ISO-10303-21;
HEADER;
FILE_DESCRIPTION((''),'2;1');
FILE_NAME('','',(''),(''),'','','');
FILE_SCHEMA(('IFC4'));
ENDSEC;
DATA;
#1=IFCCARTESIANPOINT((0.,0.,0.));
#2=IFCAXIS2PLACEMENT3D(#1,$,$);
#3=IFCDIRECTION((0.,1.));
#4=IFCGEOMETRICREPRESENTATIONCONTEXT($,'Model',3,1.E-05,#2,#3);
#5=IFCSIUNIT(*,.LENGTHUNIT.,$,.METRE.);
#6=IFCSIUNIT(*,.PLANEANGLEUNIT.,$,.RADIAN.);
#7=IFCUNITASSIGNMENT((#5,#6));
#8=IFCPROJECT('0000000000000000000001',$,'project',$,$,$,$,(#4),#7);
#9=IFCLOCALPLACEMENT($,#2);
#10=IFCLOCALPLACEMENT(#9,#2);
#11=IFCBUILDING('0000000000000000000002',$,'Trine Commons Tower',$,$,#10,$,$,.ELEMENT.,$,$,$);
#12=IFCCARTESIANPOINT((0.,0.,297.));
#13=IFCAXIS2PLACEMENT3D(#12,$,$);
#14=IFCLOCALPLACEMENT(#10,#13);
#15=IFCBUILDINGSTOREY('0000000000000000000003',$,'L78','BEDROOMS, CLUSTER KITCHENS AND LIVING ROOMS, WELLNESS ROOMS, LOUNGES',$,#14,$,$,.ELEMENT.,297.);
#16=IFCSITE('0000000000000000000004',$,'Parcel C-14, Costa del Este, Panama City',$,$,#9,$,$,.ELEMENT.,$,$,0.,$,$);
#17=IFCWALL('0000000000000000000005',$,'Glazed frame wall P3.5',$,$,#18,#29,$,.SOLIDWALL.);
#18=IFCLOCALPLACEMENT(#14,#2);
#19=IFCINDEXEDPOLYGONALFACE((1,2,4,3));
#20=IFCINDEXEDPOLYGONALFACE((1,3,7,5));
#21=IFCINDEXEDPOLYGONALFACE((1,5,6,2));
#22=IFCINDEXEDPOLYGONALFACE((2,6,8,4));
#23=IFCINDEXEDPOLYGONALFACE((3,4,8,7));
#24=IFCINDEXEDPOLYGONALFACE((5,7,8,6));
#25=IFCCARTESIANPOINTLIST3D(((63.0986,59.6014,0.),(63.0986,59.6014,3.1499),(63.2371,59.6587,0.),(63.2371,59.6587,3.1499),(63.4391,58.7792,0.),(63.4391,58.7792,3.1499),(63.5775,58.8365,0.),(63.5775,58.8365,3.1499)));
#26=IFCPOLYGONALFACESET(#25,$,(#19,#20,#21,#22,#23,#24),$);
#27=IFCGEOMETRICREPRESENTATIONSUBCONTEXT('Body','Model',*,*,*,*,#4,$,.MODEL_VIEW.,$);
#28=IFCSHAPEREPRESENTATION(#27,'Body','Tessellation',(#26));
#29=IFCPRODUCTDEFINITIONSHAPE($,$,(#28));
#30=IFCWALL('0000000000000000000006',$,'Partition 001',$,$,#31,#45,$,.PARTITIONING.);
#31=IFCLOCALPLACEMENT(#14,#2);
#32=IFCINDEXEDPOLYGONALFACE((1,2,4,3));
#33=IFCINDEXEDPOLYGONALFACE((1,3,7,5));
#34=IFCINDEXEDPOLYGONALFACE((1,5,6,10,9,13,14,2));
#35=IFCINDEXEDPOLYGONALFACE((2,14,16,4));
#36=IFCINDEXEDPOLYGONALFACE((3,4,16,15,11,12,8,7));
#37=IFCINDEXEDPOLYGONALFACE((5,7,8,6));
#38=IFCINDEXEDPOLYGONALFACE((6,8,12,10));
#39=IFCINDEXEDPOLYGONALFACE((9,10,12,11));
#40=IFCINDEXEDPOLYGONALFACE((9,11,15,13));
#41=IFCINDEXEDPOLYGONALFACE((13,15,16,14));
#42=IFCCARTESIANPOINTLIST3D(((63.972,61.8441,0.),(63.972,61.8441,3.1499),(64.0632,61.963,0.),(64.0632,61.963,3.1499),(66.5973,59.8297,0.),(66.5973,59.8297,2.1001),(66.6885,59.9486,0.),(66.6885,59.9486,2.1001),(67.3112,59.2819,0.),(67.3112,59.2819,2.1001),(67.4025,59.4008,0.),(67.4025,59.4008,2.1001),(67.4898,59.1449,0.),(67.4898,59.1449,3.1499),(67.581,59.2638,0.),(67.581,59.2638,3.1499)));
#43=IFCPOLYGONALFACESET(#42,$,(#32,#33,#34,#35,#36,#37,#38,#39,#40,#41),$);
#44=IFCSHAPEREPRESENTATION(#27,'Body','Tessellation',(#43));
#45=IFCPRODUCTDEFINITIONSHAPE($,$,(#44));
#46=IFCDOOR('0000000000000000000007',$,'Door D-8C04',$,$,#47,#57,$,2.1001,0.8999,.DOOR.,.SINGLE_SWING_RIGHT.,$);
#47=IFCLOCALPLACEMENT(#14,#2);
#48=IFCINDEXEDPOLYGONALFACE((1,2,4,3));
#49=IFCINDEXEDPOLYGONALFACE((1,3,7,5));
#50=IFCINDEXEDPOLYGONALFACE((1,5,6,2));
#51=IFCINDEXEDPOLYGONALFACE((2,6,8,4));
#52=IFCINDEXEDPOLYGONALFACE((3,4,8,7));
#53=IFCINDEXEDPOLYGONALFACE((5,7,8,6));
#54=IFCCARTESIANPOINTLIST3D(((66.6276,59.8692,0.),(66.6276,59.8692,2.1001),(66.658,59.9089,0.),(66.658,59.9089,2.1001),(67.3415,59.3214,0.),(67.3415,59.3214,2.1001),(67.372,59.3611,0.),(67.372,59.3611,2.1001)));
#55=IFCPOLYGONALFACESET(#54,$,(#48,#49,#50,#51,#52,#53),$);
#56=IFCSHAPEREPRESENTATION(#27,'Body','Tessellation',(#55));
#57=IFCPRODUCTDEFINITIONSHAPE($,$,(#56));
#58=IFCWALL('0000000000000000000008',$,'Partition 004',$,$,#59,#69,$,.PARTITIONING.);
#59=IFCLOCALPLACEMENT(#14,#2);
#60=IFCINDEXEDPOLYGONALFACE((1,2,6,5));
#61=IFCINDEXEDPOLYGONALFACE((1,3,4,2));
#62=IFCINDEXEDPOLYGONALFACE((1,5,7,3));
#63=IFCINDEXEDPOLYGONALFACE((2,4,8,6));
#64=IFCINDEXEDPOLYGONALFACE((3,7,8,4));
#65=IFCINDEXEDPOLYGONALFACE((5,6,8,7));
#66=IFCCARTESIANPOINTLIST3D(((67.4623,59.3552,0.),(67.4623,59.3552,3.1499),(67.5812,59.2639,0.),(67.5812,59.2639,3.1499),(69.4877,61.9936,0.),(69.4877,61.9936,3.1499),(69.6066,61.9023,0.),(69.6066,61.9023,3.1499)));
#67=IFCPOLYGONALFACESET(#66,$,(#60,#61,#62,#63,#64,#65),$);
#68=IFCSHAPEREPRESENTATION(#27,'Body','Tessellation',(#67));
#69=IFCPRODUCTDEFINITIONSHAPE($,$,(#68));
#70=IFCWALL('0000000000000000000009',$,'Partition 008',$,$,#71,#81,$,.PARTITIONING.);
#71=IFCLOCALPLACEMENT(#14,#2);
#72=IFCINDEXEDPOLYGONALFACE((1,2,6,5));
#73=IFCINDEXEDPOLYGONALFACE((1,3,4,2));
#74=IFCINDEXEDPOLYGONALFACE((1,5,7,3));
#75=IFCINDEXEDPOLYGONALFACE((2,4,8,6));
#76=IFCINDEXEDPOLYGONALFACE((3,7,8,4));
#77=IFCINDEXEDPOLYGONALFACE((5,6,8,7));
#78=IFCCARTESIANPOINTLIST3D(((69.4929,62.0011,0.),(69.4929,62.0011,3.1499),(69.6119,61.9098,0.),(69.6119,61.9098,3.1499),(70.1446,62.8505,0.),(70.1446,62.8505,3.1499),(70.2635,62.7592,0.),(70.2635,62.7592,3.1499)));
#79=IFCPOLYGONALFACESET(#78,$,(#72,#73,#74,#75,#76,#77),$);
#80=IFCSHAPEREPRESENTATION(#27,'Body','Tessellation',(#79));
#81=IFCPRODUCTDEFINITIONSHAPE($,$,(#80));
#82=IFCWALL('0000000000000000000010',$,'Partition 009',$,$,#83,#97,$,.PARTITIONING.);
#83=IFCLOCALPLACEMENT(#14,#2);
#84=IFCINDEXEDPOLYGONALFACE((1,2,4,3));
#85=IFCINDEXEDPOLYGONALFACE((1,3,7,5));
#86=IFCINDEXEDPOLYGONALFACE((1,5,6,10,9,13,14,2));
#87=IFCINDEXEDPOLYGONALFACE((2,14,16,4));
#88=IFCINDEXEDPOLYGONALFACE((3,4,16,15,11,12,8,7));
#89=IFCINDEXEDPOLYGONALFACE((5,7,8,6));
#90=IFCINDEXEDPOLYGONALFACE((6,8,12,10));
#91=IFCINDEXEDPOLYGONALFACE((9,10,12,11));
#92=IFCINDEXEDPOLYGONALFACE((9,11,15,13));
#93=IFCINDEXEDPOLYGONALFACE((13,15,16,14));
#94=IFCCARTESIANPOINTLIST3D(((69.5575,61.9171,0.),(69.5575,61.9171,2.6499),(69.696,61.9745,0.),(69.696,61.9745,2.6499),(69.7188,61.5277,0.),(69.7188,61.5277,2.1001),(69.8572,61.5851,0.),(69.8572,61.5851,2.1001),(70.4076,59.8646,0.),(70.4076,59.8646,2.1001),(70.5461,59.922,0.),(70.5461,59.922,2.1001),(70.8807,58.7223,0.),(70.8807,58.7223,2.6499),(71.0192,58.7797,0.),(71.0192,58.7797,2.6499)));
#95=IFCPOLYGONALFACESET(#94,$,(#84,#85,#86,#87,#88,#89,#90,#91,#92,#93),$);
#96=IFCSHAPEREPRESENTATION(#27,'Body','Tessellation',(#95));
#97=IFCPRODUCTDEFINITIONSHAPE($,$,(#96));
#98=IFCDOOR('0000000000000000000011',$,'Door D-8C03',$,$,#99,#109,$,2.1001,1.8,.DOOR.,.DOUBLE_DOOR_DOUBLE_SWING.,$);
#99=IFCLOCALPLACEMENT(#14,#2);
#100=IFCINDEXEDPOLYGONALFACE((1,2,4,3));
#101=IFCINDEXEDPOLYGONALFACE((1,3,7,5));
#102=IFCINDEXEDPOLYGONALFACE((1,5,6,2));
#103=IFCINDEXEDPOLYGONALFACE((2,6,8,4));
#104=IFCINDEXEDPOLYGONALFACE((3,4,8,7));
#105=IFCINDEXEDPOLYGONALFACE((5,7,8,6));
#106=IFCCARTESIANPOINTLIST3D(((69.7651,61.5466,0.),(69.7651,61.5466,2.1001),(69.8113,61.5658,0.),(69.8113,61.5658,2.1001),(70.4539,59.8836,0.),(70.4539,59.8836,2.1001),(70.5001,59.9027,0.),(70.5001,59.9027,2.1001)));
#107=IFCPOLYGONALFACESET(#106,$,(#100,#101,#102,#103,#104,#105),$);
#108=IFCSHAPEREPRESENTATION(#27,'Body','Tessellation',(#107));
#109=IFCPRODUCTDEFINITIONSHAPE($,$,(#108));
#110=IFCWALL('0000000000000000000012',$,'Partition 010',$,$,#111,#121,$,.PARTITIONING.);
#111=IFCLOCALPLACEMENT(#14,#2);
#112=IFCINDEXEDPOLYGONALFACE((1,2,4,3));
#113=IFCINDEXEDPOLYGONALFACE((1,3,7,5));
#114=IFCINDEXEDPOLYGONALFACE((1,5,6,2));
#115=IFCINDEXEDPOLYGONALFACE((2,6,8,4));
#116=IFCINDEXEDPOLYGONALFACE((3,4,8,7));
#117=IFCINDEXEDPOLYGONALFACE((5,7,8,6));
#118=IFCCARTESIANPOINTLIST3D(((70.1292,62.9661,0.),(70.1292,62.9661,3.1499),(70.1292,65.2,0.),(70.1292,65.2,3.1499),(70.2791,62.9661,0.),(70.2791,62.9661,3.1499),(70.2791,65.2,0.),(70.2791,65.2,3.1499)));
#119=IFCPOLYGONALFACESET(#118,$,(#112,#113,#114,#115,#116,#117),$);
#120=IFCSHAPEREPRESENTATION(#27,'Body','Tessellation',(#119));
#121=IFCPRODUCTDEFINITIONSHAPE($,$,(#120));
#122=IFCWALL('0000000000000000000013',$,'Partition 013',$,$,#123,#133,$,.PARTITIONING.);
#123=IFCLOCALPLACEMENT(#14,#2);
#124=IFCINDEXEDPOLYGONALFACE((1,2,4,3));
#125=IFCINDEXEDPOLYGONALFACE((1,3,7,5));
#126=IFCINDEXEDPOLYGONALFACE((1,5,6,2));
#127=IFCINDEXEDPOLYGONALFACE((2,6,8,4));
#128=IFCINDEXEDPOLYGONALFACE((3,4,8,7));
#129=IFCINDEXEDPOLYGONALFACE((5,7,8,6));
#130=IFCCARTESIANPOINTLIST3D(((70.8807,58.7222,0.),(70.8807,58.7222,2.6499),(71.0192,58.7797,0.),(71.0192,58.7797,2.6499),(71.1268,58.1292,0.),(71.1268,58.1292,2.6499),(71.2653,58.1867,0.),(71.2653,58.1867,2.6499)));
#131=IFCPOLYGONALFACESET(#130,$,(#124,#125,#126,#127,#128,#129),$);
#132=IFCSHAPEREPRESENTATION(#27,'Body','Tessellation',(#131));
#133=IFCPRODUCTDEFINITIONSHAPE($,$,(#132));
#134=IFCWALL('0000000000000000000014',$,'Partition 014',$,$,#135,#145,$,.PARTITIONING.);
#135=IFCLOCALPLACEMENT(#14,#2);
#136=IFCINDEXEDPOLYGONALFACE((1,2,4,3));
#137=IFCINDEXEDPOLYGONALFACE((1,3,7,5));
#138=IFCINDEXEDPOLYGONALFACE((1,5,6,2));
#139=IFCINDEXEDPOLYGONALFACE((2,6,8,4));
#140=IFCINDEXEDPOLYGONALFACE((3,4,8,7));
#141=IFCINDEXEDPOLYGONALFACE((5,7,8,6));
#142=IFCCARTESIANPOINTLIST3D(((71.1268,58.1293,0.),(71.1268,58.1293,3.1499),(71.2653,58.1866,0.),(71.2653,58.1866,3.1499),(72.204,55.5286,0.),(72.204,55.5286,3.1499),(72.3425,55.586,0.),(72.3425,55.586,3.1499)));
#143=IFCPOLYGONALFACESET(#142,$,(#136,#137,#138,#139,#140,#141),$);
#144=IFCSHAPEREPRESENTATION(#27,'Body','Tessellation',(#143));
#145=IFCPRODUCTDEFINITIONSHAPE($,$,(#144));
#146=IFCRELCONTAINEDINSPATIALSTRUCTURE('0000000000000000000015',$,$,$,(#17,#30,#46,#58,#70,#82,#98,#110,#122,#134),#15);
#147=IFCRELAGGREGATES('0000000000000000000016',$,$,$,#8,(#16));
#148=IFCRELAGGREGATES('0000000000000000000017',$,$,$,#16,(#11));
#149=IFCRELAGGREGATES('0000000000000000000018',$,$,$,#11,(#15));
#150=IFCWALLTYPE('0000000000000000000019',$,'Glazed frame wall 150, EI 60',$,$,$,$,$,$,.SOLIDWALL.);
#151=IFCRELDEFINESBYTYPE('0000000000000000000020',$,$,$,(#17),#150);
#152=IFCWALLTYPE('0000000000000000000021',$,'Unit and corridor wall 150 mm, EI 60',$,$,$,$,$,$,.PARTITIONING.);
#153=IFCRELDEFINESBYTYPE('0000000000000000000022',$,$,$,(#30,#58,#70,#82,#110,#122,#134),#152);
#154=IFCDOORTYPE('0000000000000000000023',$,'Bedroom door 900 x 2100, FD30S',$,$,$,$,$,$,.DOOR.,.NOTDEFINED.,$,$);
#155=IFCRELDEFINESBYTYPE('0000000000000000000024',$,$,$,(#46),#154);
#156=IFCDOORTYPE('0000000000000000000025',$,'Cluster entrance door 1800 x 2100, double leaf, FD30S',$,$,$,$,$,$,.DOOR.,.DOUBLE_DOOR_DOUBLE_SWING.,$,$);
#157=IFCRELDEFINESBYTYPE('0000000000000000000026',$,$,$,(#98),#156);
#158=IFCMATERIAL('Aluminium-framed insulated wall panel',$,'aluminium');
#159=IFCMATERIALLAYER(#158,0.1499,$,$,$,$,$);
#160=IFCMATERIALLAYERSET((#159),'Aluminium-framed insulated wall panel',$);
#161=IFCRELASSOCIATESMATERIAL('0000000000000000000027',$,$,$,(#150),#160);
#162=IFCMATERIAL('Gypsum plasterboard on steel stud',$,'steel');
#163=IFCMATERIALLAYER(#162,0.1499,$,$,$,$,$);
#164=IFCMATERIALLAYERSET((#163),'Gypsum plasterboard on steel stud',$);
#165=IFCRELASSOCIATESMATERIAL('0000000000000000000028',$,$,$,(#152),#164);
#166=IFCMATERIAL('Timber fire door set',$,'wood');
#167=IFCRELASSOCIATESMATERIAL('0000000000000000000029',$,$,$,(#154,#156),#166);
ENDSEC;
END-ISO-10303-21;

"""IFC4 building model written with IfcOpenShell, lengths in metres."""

from ifc_helpers import new_model, si_unit, direction, frame, frame_2d, origin, place, context, subcontext, project, spatial, polyline, rectangle, outline, extrude, material, layer, layer_set, type_object, element, fill, save


model = new_model("IFC4")

# Units and contexts
model_context = context("Model", 3, precision=1e-05, world=origin(), true_north=direction((0.0, 1.0)))
body_context = subcontext(model_context, "Body", "Model", "MODEL_VIEW")
ifc_project = project(units=[si_unit("LENGTHUNIT", "METRE"), si_unit("PLANEANGLEUNIT", "RADIAN")], contexts=[model_context])

# Site, building, storey
site_placement = place(None, origin())
site = spatial("IfcSite", under=ifc_project, at=site_placement, Name="Parcel C-14, Costa del Este, Panama City", CompositionType="ELEMENT", RefElevation=0.0)
building_placement = place(site_placement, origin())
building = spatial("IfcBuilding", under=site, at=building_placement, Name="Trine Commons Tower", CompositionType="ELEMENT")
storey_placement = place(building_placement, frame((0.0, 0.0, 297.0)))
storey = spatial("IfcBuildingStorey", under=building, at=storey_placement, Name="L78", Description="BEDROOMS, CLUSTER KITCHENS AND LIVING ROOMS, WELLNESS ROOMS, LOUNGES", CompositionType="ELEMENT", Elevation=297.0)

# Shared definitions
ifc_material_1 = material(Name="Aluminium-framed insulated wall panel", Category="aluminium")
ifc_layer_1 = layer(ifc_material_1, 0.1499)
ifc_layer_set_1 = layer_set([ifc_layer_1], Name="Aluminium-framed insulated wall panel")
wall_type_1 = type_object("IfcWallType", Name="Glazed frame wall 150, EI 60", PredefinedType="SOLIDWALL", material=ifc_layer_set_1)

# Wall
wall_1_placement = place(storey_placement, frame((63.5083, 58.8079, 0.0), z_axis=(0.0, 0.0, 1.0), x_axis=(-0.382603, 0.923913, 0.0)))
element("IfcWall", 1, at=wall_1_placement, inside=storey, type_object=wall_type_1, Name="Glazed frame wall P3.5", PredefinedType="SOLIDWALL", context=body_context, shape_type="SweptSolid", body=[
    extrude(outline(polyline([(0.8899, 0.075), (0.0, 0.075), (0.0, -0.075), (0.8899, -0.075), (0.8899, 0.075)])), origin(), (0.0, 0.0, 1.0), 3.1499),
])

# Wall, opening, door
ifc_material_2 = material(Name="Gypsum plasterboard on steel stud", Category="steel")
ifc_layer_2 = layer(ifc_material_2, 0.1499)
ifc_layer_set_2 = layer_set([ifc_layer_2], Name="Gypsum plasterboard on steel stud")
wall_type_2 = type_object("IfcWallType", Name="Unit and corridor wall 150 mm, EI 60", PredefinedType="PARTITIONING", material=ifc_layer_set_2)
wall_2_placement = place(storey_placement, frame((64.0176, 61.9036, 0.0), z_axis=(0.0, 0.0, 1.0), x_axis=(0.793364, -0.608747, 0.0)))
wall_2 = element("IfcWall", 2, at=wall_2_placement, inside=storey, type_object=wall_type_2, Name="Partition 001", PredefinedType="PARTITIONING", context=body_context, shape_type="SweptSolid", body=[
    extrude(rectangle(XDim=4.4341, YDim=0.1499, at=frame_2d((2.217, 0.0))), origin(), (0.0, 0.0, 1.0), 3.1499),
])
opening_1_placement = place(wall_2_placement, frame((3.3091, 0.0, 0.0)))
opening_1 = element("IfcOpeningElement", 3, at=opening_1_placement, cuts=wall_2, PredefinedType="OPENING", context=body_context, shape_type="SweptSolid", body=[
    extrude(rectangle(XDim=0.8999, YDim=2.1001, at=frame_2d((0.45, 1.05))), frame((0.0, 0.085, 0.0), z_axis=(0.0, -1.0, 0.0), x_axis=(1.0, 0.0, 0.0)), (0.0, 0.0, 1.0), 0.1699),
])
ifc_material_3 = material(Name="Timber fire door set", Category="wood")
door_type_1 = type_object("IfcDoorType", Name="Bedroom door 900 x 2100, FD30S", OperationType="NOTDEFINED", PredefinedType="DOOR", material=ifc_material_3)
door_1_placement = place(opening_1_placement, origin())
door_1 = element("IfcDoor", 4, at=door_1_placement, inside=storey, type_object=door_type_1, Name="Door D-8C04", OperationType="SINGLE_SWING_RIGHT", OverallHeight=2.1001, OverallWidth=0.8999, PredefinedType="DOOR", context=body_context, shape_type="SweptSolid", body=[
    extrude(rectangle(XDim=0.8999, YDim=2.1001, at=frame_2d((0.45, 1.05))), frame((0.0, 0.0249, 0.0), z_axis=(0.0, -1.0, 0.0), x_axis=(1.0, 0.0, 0.0)), (0.0, 0.0, 1.0), 0.05),
])
fill(opening_1, door_1)

# Walls
wall_3_placement = place(storey_placement, frame((67.5217, 59.3096, 0.0), z_axis=(0.0, 0.0, 1.0), x_axis=(0.608923, 0.793229, 0.0)))
element("IfcWall", 5, at=wall_3_placement, inside=storey, type_object=wall_type_2, Name="Partition 004", PredefinedType="PARTITIONING", context=body_context, shape_type="SweptSolid", body=[
    extrude(rectangle(XDim=3.3262, YDim=0.1499, at=frame_2d((1.6631, 0.0))), origin(), (0.0, 0.0, 1.0), 3.1499),
])
wall_4_placement = place(storey_placement, frame((69.5525, 61.9556, 0.0), z_axis=(0.0, 0.0, 1.0), x_axis=(0.608685, 0.793412, 0.0)))
element("IfcWall", 6, at=wall_4_placement, inside=storey, type_object=wall_type_2, Name="Partition 008", PredefinedType="PARTITIONING", context=body_context, shape_type="SweptSolid", body=[
    extrude(rectangle(XDim=1.0706, YDim=0.1499, at=frame_2d((0.5352, 0.0))), origin(), (0.0, 0.0, 1.0), 3.1499),
])

# Wall, opening, door
wall_5_placement = place(storey_placement, frame((69.6267, 61.9458, 0.0), z_axis=(0.0, 0.0, 1.0), x_axis=(0.382659, -0.923889, 0.0)))
wall_5 = element("IfcWall", 7, at=wall_5_placement, inside=storey, type_object=wall_type_2, Name="Partition 009", PredefinedType="PARTITIONING", context=body_context, shape_type="SweptSolid", body=[
    extrude(rectangle(XDim=3.458, YDim=0.1499, at=frame_2d((1.729, 0.0))), origin(), (0.0, 0.0, 1.0), 2.6499),
])
opening_2_placement = place(wall_5_placement, frame((0.4216, 0.0, 0.0)))
opening_2 = element("IfcOpeningElement", 8, at=opening_2_placement, cuts=wall_5, PredefinedType="OPENING", context=body_context, shape_type="SweptSolid", body=[
    extrude(rectangle(XDim=1.8, YDim=2.1001, at=frame_2d((0.8999, 1.05))), frame((0.0, 0.085, 0.0), z_axis=(0.0, -1.0, 0.0), x_axis=(1.0, 0.0, 0.0)), (0.0, 0.0, 1.0), 0.1699),
])
door_type_2 = type_object("IfcDoorType", Name="Cluster entrance door 1800 x 2100, double leaf, FD30S", OperationType="DOUBLE_DOOR_DOUBLE_SWING", PredefinedType="DOOR", material=ifc_material_3)
door_2_placement = place(opening_2_placement, frame((1.8, 0.0, 0.0), z_axis=(0.0, 0.0, 1.0), x_axis=(-1.0, 0.0, 0.0)))
door_2 = element("IfcDoor", 9, at=door_2_placement, inside=storey, type_object=door_type_2, Name="Door D-8C03", OperationType="DOUBLE_DOOR_DOUBLE_SWING", OverallHeight=2.1001, OverallWidth=1.8, PredefinedType="DOOR", context=body_context, shape_type="SweptSolid", body=[
    extrude(rectangle(XDim=1.8, YDim=2.1001, at=frame_2d((0.8999, 1.05))), frame((0.0, 0.0249, 0.0), z_axis=(0.0, -1.0, 0.0), x_axis=(1.0, 0.0, 0.0)), (0.0, 0.0, 1.0), 0.05),
])
fill(opening_2, door_2)

# Walls
wall_6_placement = place(storey_placement, frame((70.2041, 62.9661, 0.0), z_axis=(0.0, 0.0, 1.0), x_axis=(0.0, 1.0, 0.0)))
element("IfcWall", 10, at=wall_6_placement, inside=storey, type_object=wall_type_2, Name="Partition 010", PredefinedType="PARTITIONING", context=body_context, shape_type="SweptSolid", body=[
    extrude(rectangle(XDim=2.2339, YDim=0.1499, at=frame_2d((1.1169, 0.0))), origin(), (0.0, 0.0, 1.0), 3.1499),
])
wall_7_placement = place(storey_placement, frame((70.95, 58.751, 0.0), z_axis=(0.0, 0.0, 1.0), x_axis=(0.383292, -0.923627, 0.0)))
element("IfcWall", 11, at=wall_7_placement, inside=storey, type_object=wall_type_2, Name="Partition 013", PredefinedType="PARTITIONING", context=body_context, shape_type="SweptSolid", body=[
    extrude(rectangle(XDim=0.6421, YDim=0.1499, at=frame_2d((0.321, 0.0))), origin(), (0.0, 0.0, 1.0), 2.6499),
])
wall_8_placement = place(storey_placement, frame((71.196, 58.158, 0.0), z_axis=(0.0, 0.0, 1.0), x_axis=(0.382668, -0.923886, 0.0)))
element("IfcWall", 12, at=wall_8_placement, inside=storey, type_object=wall_type_2, Name="Partition 014", PredefinedType="PARTITIONING", context=body_context, shape_type="SweptSolid", body=[
    extrude(rectangle(XDim=2.8149, YDim=0.1499, at=frame_2d((1.4075, 0.0))), origin(), (0.0, 0.0, 1.0), 3.1499),
])

save(model, "model.ifc")
